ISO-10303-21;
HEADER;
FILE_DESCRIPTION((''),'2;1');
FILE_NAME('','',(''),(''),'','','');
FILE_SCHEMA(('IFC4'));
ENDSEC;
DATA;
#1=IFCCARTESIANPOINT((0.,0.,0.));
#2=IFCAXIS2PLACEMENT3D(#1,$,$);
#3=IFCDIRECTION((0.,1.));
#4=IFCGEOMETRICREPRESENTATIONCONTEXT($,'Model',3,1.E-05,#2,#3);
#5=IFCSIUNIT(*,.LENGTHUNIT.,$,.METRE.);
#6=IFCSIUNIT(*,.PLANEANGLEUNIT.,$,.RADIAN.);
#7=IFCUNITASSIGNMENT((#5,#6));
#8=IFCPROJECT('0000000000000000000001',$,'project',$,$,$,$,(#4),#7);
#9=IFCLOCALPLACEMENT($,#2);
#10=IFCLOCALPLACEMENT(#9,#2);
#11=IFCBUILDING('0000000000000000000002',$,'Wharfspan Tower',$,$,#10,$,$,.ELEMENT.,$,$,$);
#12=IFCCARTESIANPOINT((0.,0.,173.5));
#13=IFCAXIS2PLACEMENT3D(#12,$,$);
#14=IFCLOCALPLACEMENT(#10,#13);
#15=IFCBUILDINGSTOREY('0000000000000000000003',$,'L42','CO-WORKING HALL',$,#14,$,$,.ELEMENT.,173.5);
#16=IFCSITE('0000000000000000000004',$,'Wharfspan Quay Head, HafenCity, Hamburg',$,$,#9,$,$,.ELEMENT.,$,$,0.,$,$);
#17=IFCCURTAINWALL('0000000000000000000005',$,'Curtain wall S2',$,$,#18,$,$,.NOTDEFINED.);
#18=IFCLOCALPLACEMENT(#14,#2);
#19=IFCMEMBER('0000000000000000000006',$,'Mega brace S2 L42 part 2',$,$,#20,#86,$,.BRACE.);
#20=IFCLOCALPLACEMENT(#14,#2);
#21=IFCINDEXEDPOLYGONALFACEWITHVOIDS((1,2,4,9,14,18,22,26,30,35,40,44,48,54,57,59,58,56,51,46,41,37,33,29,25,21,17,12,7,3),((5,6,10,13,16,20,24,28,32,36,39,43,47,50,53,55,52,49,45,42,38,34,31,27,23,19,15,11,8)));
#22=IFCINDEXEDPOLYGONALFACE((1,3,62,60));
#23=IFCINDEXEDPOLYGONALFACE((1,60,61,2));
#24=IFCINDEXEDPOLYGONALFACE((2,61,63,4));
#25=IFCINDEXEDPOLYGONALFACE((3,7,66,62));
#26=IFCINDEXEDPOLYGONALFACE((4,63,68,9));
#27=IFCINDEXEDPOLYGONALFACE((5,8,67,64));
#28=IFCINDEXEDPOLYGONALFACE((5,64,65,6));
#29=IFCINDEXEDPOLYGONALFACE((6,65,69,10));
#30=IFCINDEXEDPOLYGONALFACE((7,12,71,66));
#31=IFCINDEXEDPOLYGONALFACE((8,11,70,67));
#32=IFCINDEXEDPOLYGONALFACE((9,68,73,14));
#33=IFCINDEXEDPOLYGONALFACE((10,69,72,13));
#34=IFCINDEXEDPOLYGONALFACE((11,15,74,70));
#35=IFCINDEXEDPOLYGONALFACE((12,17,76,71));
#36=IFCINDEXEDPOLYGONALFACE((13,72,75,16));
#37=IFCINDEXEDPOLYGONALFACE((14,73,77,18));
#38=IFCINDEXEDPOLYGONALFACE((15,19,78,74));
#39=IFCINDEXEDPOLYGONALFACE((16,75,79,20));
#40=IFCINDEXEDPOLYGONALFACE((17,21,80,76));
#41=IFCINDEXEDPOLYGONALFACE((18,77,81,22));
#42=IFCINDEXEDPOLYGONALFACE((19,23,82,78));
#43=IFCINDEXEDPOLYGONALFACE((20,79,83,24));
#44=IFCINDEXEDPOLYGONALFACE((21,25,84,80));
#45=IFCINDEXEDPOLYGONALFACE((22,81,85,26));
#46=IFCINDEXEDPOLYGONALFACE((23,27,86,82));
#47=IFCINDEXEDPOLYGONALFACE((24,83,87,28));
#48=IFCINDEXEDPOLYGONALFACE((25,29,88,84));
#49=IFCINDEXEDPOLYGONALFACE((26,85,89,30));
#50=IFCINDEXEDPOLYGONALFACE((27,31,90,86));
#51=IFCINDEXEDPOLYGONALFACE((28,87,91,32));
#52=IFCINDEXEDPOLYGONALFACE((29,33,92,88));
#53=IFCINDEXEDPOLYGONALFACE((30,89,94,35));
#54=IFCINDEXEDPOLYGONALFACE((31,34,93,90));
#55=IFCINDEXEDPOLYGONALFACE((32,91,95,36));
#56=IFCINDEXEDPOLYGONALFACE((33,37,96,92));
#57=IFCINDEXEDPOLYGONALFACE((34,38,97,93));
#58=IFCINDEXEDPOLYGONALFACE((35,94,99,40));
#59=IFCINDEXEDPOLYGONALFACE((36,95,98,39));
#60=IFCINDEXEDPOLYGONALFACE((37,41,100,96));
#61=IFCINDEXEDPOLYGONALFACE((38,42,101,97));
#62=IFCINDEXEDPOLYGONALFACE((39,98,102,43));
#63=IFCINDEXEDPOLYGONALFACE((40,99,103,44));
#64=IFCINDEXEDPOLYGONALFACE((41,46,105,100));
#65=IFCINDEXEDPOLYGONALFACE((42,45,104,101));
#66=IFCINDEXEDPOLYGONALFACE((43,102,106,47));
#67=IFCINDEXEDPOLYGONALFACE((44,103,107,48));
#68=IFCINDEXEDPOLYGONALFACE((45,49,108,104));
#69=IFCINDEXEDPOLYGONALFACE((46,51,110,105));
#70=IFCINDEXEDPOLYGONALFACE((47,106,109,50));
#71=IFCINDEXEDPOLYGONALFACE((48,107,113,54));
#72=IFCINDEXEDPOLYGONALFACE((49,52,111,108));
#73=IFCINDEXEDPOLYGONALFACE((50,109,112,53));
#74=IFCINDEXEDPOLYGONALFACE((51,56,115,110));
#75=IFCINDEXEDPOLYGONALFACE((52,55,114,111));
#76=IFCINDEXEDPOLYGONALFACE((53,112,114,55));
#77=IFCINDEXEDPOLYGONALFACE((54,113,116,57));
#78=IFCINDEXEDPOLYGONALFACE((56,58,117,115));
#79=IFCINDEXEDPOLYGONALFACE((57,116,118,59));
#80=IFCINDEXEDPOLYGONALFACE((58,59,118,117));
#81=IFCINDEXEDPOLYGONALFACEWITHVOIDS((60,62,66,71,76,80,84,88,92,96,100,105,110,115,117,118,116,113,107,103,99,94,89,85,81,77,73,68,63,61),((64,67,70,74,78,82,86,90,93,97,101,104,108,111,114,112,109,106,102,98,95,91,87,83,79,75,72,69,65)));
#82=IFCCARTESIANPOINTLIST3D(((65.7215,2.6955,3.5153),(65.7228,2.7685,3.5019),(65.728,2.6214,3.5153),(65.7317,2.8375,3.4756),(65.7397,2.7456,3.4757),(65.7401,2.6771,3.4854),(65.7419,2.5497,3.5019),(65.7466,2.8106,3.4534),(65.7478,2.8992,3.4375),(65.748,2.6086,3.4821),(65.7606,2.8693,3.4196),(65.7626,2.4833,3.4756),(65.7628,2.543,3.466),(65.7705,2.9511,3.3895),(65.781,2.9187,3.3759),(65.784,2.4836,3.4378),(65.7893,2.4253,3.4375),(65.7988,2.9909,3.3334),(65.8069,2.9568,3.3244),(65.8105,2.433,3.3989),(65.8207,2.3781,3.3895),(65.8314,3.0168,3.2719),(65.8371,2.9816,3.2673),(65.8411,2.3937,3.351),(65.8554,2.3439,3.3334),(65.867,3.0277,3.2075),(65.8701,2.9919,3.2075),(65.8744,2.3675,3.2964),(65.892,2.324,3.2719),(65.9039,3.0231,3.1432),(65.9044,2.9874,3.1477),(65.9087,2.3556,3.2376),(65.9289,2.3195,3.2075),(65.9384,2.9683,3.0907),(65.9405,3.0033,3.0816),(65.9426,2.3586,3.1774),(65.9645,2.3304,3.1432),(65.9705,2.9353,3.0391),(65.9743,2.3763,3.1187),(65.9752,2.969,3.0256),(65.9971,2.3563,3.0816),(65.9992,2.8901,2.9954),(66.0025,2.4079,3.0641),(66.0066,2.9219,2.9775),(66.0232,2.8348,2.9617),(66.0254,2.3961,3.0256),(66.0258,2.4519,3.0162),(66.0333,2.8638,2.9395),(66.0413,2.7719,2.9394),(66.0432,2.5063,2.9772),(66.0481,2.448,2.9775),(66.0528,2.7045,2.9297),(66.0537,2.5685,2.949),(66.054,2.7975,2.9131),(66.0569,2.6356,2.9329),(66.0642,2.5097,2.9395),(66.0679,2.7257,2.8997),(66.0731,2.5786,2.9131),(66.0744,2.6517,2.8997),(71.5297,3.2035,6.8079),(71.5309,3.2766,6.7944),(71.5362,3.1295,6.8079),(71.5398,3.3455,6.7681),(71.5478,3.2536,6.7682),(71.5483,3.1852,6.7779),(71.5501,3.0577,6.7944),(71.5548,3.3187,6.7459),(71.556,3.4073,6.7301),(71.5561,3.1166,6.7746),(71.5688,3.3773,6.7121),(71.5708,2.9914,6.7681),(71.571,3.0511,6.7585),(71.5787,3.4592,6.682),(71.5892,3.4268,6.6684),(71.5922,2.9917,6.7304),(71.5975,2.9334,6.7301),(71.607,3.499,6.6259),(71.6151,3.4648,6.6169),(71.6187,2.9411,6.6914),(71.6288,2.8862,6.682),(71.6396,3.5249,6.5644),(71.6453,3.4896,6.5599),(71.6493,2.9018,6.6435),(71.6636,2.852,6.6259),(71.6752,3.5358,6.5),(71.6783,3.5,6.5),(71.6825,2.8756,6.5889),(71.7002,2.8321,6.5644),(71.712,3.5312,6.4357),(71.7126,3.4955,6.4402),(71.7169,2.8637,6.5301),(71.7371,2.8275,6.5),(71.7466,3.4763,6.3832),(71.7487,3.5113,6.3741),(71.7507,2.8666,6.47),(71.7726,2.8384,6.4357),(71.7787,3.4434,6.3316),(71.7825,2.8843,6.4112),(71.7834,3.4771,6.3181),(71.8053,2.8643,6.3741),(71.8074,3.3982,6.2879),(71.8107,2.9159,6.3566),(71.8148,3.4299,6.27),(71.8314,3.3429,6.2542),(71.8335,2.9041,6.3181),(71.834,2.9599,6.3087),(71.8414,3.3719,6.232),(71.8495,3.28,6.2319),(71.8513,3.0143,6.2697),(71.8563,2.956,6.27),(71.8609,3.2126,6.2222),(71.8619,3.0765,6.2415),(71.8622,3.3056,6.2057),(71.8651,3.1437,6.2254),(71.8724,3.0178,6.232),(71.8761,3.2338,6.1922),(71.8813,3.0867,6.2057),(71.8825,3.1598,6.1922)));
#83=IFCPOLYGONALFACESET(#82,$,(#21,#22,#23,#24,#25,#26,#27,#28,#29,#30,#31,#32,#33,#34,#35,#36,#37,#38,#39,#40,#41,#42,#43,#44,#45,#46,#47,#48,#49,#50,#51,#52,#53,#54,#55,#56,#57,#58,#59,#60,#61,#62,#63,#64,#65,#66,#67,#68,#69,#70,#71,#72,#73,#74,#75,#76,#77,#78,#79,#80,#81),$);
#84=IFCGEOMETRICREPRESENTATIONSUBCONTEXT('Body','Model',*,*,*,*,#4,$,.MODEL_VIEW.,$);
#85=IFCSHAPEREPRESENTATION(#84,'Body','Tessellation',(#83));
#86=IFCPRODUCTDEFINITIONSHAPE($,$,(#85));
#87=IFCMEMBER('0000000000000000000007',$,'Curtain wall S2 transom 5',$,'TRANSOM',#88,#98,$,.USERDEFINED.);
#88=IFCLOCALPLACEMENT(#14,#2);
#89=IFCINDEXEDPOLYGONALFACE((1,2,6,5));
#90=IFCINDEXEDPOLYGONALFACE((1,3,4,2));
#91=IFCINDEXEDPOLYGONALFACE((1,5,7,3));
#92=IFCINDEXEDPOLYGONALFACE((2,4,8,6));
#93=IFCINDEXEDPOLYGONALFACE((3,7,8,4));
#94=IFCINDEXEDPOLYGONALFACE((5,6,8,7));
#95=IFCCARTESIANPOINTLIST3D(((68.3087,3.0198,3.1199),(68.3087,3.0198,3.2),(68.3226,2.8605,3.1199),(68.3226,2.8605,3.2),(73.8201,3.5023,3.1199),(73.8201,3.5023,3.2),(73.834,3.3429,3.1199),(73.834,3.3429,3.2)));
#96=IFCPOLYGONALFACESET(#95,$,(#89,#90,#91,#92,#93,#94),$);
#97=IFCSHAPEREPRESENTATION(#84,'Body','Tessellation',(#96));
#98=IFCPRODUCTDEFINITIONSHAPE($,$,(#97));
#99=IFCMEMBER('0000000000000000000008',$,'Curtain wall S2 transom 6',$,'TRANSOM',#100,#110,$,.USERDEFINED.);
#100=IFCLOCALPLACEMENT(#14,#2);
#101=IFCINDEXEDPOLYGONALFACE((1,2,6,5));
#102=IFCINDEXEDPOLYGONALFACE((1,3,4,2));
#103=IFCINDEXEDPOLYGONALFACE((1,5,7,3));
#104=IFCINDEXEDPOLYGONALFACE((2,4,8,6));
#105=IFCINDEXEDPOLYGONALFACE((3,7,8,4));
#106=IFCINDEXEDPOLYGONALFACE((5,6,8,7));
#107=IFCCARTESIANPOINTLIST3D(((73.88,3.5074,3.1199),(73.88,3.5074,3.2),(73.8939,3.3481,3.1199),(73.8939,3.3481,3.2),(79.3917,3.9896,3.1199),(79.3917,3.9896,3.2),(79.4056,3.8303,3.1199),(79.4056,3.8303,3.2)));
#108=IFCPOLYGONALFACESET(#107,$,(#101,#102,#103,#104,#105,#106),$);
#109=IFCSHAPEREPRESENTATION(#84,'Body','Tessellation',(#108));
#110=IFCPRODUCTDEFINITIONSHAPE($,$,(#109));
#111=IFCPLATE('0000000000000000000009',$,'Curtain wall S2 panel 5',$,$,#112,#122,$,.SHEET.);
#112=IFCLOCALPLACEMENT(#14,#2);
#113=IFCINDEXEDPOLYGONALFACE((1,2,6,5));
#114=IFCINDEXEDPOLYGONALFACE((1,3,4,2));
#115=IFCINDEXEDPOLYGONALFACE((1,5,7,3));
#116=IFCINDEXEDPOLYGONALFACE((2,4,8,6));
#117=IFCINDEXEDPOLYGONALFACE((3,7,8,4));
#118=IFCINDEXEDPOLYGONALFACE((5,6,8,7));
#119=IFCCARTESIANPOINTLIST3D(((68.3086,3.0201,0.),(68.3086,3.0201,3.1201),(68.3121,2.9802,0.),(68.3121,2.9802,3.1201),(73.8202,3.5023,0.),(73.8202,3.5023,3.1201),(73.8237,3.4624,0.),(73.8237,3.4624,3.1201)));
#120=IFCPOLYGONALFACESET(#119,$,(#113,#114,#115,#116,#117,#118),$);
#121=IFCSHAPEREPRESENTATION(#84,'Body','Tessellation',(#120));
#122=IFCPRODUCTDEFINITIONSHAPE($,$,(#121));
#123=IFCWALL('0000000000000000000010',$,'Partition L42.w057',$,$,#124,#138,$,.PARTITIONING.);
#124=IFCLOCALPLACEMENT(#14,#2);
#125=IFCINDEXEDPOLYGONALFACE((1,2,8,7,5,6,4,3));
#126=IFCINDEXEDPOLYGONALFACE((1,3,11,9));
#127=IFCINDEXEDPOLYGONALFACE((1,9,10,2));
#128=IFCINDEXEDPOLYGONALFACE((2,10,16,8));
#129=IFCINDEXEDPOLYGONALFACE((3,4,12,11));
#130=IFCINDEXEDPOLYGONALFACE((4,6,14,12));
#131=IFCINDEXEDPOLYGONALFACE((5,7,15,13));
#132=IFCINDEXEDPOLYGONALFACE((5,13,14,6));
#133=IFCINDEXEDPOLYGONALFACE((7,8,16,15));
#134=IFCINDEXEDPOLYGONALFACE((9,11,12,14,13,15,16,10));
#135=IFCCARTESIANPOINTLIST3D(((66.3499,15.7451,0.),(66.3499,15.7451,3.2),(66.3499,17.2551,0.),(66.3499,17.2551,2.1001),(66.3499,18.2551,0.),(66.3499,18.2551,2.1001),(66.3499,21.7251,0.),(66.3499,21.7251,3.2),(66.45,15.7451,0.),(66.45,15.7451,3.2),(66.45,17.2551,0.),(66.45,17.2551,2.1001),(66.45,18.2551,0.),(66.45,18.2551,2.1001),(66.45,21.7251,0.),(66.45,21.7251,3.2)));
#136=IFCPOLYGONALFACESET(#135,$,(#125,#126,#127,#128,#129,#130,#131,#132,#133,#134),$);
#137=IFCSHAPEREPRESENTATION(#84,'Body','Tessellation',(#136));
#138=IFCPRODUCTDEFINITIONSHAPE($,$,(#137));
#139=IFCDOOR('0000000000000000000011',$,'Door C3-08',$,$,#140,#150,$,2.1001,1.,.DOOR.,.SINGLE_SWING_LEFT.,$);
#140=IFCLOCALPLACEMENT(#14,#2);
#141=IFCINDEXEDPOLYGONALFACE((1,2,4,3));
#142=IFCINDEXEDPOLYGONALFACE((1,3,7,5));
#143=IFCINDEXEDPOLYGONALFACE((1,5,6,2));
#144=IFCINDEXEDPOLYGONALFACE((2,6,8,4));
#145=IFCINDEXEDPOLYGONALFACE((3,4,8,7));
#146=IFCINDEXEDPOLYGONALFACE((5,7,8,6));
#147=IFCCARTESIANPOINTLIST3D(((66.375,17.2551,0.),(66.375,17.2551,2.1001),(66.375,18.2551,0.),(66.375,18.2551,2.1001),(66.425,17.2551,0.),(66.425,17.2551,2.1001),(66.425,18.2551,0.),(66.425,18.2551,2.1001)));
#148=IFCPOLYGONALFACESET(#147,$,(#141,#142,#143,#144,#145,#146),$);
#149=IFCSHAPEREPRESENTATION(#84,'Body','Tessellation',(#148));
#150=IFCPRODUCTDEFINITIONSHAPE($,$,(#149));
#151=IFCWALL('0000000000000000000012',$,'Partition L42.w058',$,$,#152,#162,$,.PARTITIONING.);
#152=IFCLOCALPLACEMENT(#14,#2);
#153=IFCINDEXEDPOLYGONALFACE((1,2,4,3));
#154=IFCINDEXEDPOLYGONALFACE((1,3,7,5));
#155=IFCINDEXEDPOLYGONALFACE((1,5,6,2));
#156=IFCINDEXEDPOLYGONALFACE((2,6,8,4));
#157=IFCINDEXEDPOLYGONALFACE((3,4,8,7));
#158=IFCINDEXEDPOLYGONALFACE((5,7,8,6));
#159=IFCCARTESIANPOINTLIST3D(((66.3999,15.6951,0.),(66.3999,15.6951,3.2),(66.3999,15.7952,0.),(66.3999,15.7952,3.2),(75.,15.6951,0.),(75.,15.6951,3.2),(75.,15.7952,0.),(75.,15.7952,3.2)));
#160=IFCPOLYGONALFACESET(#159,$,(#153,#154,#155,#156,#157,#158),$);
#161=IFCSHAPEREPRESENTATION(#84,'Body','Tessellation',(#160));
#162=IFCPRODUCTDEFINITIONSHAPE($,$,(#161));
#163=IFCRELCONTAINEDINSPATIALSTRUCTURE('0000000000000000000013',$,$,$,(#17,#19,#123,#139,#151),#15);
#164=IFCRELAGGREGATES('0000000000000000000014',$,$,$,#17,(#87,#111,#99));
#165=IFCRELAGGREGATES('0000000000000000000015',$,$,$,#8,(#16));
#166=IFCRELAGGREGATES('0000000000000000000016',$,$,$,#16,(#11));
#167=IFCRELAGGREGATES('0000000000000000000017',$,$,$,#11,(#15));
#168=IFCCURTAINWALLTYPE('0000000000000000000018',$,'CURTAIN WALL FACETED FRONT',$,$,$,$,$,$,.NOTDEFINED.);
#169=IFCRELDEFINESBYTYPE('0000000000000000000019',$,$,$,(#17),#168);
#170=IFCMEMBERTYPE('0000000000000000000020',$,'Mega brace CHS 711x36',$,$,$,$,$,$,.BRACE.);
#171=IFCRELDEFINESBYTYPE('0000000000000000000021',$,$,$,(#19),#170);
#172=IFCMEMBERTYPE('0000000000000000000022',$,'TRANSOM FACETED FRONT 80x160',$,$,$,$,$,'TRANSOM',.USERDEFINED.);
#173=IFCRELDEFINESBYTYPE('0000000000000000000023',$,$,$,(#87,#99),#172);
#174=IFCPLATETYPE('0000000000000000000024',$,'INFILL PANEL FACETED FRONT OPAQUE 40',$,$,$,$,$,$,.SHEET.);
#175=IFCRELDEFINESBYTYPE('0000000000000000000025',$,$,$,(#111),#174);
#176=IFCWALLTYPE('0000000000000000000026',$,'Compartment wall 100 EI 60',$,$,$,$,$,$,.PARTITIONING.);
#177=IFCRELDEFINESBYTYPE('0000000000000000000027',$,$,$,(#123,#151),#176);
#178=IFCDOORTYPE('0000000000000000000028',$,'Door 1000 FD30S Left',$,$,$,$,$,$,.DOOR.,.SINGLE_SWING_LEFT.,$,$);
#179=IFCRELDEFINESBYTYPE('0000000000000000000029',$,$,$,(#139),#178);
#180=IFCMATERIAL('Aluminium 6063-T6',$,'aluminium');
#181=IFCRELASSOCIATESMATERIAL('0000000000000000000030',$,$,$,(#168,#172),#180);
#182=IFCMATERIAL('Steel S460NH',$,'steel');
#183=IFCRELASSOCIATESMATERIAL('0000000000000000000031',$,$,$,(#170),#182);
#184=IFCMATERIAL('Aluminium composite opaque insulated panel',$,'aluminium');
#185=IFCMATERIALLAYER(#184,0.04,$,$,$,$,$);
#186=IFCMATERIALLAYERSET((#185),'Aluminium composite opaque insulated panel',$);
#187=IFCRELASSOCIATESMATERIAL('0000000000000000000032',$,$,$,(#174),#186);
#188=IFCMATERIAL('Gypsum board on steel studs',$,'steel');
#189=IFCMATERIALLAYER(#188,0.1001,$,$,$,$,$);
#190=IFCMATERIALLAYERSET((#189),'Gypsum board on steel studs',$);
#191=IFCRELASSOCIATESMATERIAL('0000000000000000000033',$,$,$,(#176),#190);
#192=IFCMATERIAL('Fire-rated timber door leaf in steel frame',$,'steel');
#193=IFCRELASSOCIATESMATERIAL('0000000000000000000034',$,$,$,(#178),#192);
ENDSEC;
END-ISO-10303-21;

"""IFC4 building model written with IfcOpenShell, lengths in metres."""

from ifc_helpers import new_model, si_unit, direction, frame, frame_2d, origin, origin_2d, place, context, subcontext, project, spatial, rectangle, hollow_circle, extrude, material, layer, layer_set, material_profile, profile_set, type_object, element, fill, aggregate, save


model = new_model("IFC4")

# Units and contexts
model_context = context("Model", 3, precision=1e-05, world=origin(), true_north=direction((0.0, 1.0)))
body_context = subcontext(model_context, "Body", "Model", "MODEL_VIEW")
ifc_project = project(units=[si_unit("LENGTHUNIT", "METRE"), si_unit("PLANEANGLEUNIT", "RADIAN")], contexts=[model_context])

# Site, building, storey
site_placement = place(None, origin())
site = spatial("IfcSite", under=ifc_project, at=site_placement, Name="Wharfspan Quay Head, HafenCity, Hamburg", CompositionType="ELEMENT", RefElevation=0.0)
building_placement = place(site_placement, origin())
building = spatial("IfcBuilding", under=site, at=building_placement, Name="Wharfspan Tower", CompositionType="ELEMENT")
storey_placement = place(building_placement, frame((0.0, 0.0, 173.5)))
storey = spatial("IfcBuildingStorey", under=building, at=storey_placement, Name="L42", Description="CO-WORKING HALL", CompositionType="ELEMENT", Elevation=173.5)

# Curtain wall
ifc_material_1 = material(Name="Aluminium 6063-T6", Category="aluminium")
curtain_wall_type = type_object("IfcCurtainWallType", Name="CURTAIN WALL FACETED FRONT", PredefinedType="NOTDEFINED", material=ifc_material_1)
curtain_wall_placement = place(storey_placement, origin())
curtain_wall = element("IfcCurtainWall", 1, at=curtain_wall_placement, inside=storey, type_object=curtain_wall_type, Name="Curtain wall S2", PredefinedType="NOTDEFINED")

# Members
ifc_material_2 = material(Name="Steel S460NH", Category="steel")
ifc_material_profile_1 = material_profile(ifc_material_2, hollow_circle(Radius=0.3555, WallThickness=0.0359, at=origin_2d()))
ifc_profile_set_1 = profile_set([ifc_material_profile_1], Name="Steel S460NH")
member_type_1 = type_object("IfcMemberType", Name="Mega brace CHS 711x36", PredefinedType="BRACE", material=ifc_profile_set_1)
member_1_placement = place(storey_placement, frame((65.8979, 2.6736, 3.2075), z_axis=(0.867436, 0.075878, 0.491729), x_axis=(-0.08714, 0.996196, -0.000002)))
element("IfcMember", 2, at=member_1_placement, inside=storey, type_object=member_type_1, Name="Mega brace S2 L42 part 2", PredefinedType="BRACE", context=body_context, shape_type="SweptSolid", body=[
    extrude(hollow_circle(Radius=0.3555, WallThickness=0.0359, at=origin_2d()), origin(), (0.0, 0.0, 1.0), 6.6958),
])
ifc_material_profile_2 = material_profile(ifc_material_1, rectangle(XDim=0.1599, YDim=0.0801, at=origin_2d()))
ifc_profile_set_2 = profile_set([ifc_material_profile_2], Name="Aluminium 6063-T6")
member_type_2 = type_object("IfcMemberType", Name="TRANSOM FACETED FRONT 80x160", ElementType="TRANSOM", PredefinedType="USERDEFINED", material=ifc_profile_set_2)
member_2_placement = place(storey_placement, frame((68.3157, 2.9402, 3.1599), z_axis=(0.996191, 0.087197, 0.0), x_axis=(-0.087197, 0.996191, 0.0)))
member_2 = element("IfcMember", 3, at=member_2_placement, type_object=member_type_2, Name="Curtain wall S2 transom 5", ObjectType="TRANSOM", PredefinedType="USERDEFINED", context=body_context, shape_type="SweptSolid", body=[
    extrude(rectangle(XDim=0.1599, YDim=0.0801, at=origin_2d()), origin(), (0.0, 0.0, 1.0), 5.5325),
])
member_3_placement = place(storey_placement, frame((73.887, 3.4277, 3.1599), z_axis=(0.996195, 0.087149, 0.0), x_axis=(-0.087149, 0.996195, 0.0)))
member_3 = element("IfcMember", 4, at=member_3_placement, type_object=member_type_2, Name="Curtain wall S2 transom 6", ObjectType="TRANSOM", PredefinedType="USERDEFINED", context=body_context, shape_type="SweptSolid", body=[
    extrude(rectangle(XDim=0.1599, YDim=0.0801, at=origin_2d()), origin(), (0.0, 0.0, 1.0), 5.5327),
])

# Plate
ifc_material_3 = material(Name="Aluminium composite opaque insulated panel", Category="aluminium")
ifc_layer_1 = layer(ifc_material_3, 0.04)
ifc_layer_set_1 = layer_set([ifc_layer_1], Name="Aluminium composite opaque insulated panel")
plate_type = type_object("IfcPlateType", Name="INFILL PANEL FACETED FRONT OPAQUE 40", PredefinedType="SHEET", material=ifc_layer_set_1)
plate_placement = place(storey_placement, frame((71.0662, 3.2412, 0.0), z_axis=(0.0, 0.0, 1.0), x_axis=(0.996198, 0.087156, 0.0)))
plate = element("IfcPlate", 5, at=plate_placement, type_object=plate_type, Name="Curtain wall S2 panel 5", PredefinedType="SHEET", context=body_context, shape_type="SweptSolid", body=[
    extrude(rectangle(XDim=5.5327, YDim=0.04, at=origin_2d()), origin(), (0.0, 0.0, 1.0), 3.1201),
])
aggregate(curtain_wall, [member_2, plate, member_3])

# Wall, opening, door
ifc_material_4 = material(Name="Gypsum board on steel studs", Category="steel")
ifc_layer_2 = layer(ifc_material_4, 0.1001)
ifc_layer_set_2 = layer_set([ifc_layer_2], Name="Gypsum board on steel studs")
wall_type_1 = type_object("IfcWallType", Name="Compartment wall 100 EI 60", PredefinedType="PARTITIONING", material=ifc_layer_set_2)
wall_1_placement = place(storey_placement, frame((66.3999, 15.7451, 0.0), z_axis=(0.0, 0.0, 1.0), x_axis=(0.0, 1.0, 0.0)))
wall_1 = element("IfcWall", 6, at=wall_1_placement, inside=storey, type_object=wall_type_1, Name="Partition L42.w057", PredefinedType="PARTITIONING", context=body_context, shape_type="SweptSolid", body=[
    extrude(rectangle(XDim=5.98, YDim=0.1001, at=frame_2d((2.99, 0.0))), origin(), (0.0, 0.0, 1.0), 3.2),
])
opening_1_placement = place(wall_1_placement, frame((1.51, 0.0, 0.0)))
opening_1 = element("IfcOpeningElement", 7, at=opening_1_placement, cuts=wall_1, PredefinedType="OPENING", context=body_context, shape_type="SweptSolid", body=[
    extrude(rectangle(XDim=1.0, YDim=2.1001, at=frame_2d((0.5, 1.05))), frame((0.0, 0.0601, 0.0), z_axis=(0.0, -1.0, 0.0), x_axis=(1.0, 0.0, 0.0)), (0.0, 0.0, 1.0), 0.1201),
])
ifc_material_5 = material(Name="Fire-rated timber door leaf in steel frame", Category="steel")
door_type_1 = type_object("IfcDoorType", Name="Door 1000 FD30S Left", OperationType="SINGLE_SWING_LEFT", PredefinedType="DOOR", material=ifc_material_5)
door_1_placement = place(opening_1_placement, origin())
door_1 = element("IfcDoor", 8, at=door_1_placement, inside=storey, type_object=door_type_1, Name="Door C3-08", OperationType="SINGLE_SWING_LEFT", OverallHeight=2.1001, OverallWidth=1.0, PredefinedType="DOOR", context=body_context, shape_type="SweptSolid", body=[
    extrude(rectangle(XDim=1.0, YDim=2.1001, at=frame_2d((0.5, 1.05))), frame((0.0, 0.0249, 0.0), z_axis=(0.0, -1.0, 0.0), x_axis=(1.0, 0.0, 0.0)), (0.0, 0.0, 1.0), 0.05),
])
fill(opening_1, door_1)

# Wall
wall_2_placement = place(storey_placement, frame((66.3999, 15.7451, 0.0), z_axis=(0.0, 0.0, 1.0), x_axis=(1.0, 0.0, 0.0)))
element("IfcWall", 9, at=wall_2_placement, inside=storey, type_object=wall_type_1, Name="Partition L42.w058", PredefinedType="PARTITIONING", context=body_context, shape_type="SweptSolid", body=[
    extrude(rectangle(XDim=8.6001, YDim=0.1001, at=frame_2d((4.3, 0.0))), origin(), (0.0, 0.0, 1.0), 3.2),
])

save(model, "model.ifc")
